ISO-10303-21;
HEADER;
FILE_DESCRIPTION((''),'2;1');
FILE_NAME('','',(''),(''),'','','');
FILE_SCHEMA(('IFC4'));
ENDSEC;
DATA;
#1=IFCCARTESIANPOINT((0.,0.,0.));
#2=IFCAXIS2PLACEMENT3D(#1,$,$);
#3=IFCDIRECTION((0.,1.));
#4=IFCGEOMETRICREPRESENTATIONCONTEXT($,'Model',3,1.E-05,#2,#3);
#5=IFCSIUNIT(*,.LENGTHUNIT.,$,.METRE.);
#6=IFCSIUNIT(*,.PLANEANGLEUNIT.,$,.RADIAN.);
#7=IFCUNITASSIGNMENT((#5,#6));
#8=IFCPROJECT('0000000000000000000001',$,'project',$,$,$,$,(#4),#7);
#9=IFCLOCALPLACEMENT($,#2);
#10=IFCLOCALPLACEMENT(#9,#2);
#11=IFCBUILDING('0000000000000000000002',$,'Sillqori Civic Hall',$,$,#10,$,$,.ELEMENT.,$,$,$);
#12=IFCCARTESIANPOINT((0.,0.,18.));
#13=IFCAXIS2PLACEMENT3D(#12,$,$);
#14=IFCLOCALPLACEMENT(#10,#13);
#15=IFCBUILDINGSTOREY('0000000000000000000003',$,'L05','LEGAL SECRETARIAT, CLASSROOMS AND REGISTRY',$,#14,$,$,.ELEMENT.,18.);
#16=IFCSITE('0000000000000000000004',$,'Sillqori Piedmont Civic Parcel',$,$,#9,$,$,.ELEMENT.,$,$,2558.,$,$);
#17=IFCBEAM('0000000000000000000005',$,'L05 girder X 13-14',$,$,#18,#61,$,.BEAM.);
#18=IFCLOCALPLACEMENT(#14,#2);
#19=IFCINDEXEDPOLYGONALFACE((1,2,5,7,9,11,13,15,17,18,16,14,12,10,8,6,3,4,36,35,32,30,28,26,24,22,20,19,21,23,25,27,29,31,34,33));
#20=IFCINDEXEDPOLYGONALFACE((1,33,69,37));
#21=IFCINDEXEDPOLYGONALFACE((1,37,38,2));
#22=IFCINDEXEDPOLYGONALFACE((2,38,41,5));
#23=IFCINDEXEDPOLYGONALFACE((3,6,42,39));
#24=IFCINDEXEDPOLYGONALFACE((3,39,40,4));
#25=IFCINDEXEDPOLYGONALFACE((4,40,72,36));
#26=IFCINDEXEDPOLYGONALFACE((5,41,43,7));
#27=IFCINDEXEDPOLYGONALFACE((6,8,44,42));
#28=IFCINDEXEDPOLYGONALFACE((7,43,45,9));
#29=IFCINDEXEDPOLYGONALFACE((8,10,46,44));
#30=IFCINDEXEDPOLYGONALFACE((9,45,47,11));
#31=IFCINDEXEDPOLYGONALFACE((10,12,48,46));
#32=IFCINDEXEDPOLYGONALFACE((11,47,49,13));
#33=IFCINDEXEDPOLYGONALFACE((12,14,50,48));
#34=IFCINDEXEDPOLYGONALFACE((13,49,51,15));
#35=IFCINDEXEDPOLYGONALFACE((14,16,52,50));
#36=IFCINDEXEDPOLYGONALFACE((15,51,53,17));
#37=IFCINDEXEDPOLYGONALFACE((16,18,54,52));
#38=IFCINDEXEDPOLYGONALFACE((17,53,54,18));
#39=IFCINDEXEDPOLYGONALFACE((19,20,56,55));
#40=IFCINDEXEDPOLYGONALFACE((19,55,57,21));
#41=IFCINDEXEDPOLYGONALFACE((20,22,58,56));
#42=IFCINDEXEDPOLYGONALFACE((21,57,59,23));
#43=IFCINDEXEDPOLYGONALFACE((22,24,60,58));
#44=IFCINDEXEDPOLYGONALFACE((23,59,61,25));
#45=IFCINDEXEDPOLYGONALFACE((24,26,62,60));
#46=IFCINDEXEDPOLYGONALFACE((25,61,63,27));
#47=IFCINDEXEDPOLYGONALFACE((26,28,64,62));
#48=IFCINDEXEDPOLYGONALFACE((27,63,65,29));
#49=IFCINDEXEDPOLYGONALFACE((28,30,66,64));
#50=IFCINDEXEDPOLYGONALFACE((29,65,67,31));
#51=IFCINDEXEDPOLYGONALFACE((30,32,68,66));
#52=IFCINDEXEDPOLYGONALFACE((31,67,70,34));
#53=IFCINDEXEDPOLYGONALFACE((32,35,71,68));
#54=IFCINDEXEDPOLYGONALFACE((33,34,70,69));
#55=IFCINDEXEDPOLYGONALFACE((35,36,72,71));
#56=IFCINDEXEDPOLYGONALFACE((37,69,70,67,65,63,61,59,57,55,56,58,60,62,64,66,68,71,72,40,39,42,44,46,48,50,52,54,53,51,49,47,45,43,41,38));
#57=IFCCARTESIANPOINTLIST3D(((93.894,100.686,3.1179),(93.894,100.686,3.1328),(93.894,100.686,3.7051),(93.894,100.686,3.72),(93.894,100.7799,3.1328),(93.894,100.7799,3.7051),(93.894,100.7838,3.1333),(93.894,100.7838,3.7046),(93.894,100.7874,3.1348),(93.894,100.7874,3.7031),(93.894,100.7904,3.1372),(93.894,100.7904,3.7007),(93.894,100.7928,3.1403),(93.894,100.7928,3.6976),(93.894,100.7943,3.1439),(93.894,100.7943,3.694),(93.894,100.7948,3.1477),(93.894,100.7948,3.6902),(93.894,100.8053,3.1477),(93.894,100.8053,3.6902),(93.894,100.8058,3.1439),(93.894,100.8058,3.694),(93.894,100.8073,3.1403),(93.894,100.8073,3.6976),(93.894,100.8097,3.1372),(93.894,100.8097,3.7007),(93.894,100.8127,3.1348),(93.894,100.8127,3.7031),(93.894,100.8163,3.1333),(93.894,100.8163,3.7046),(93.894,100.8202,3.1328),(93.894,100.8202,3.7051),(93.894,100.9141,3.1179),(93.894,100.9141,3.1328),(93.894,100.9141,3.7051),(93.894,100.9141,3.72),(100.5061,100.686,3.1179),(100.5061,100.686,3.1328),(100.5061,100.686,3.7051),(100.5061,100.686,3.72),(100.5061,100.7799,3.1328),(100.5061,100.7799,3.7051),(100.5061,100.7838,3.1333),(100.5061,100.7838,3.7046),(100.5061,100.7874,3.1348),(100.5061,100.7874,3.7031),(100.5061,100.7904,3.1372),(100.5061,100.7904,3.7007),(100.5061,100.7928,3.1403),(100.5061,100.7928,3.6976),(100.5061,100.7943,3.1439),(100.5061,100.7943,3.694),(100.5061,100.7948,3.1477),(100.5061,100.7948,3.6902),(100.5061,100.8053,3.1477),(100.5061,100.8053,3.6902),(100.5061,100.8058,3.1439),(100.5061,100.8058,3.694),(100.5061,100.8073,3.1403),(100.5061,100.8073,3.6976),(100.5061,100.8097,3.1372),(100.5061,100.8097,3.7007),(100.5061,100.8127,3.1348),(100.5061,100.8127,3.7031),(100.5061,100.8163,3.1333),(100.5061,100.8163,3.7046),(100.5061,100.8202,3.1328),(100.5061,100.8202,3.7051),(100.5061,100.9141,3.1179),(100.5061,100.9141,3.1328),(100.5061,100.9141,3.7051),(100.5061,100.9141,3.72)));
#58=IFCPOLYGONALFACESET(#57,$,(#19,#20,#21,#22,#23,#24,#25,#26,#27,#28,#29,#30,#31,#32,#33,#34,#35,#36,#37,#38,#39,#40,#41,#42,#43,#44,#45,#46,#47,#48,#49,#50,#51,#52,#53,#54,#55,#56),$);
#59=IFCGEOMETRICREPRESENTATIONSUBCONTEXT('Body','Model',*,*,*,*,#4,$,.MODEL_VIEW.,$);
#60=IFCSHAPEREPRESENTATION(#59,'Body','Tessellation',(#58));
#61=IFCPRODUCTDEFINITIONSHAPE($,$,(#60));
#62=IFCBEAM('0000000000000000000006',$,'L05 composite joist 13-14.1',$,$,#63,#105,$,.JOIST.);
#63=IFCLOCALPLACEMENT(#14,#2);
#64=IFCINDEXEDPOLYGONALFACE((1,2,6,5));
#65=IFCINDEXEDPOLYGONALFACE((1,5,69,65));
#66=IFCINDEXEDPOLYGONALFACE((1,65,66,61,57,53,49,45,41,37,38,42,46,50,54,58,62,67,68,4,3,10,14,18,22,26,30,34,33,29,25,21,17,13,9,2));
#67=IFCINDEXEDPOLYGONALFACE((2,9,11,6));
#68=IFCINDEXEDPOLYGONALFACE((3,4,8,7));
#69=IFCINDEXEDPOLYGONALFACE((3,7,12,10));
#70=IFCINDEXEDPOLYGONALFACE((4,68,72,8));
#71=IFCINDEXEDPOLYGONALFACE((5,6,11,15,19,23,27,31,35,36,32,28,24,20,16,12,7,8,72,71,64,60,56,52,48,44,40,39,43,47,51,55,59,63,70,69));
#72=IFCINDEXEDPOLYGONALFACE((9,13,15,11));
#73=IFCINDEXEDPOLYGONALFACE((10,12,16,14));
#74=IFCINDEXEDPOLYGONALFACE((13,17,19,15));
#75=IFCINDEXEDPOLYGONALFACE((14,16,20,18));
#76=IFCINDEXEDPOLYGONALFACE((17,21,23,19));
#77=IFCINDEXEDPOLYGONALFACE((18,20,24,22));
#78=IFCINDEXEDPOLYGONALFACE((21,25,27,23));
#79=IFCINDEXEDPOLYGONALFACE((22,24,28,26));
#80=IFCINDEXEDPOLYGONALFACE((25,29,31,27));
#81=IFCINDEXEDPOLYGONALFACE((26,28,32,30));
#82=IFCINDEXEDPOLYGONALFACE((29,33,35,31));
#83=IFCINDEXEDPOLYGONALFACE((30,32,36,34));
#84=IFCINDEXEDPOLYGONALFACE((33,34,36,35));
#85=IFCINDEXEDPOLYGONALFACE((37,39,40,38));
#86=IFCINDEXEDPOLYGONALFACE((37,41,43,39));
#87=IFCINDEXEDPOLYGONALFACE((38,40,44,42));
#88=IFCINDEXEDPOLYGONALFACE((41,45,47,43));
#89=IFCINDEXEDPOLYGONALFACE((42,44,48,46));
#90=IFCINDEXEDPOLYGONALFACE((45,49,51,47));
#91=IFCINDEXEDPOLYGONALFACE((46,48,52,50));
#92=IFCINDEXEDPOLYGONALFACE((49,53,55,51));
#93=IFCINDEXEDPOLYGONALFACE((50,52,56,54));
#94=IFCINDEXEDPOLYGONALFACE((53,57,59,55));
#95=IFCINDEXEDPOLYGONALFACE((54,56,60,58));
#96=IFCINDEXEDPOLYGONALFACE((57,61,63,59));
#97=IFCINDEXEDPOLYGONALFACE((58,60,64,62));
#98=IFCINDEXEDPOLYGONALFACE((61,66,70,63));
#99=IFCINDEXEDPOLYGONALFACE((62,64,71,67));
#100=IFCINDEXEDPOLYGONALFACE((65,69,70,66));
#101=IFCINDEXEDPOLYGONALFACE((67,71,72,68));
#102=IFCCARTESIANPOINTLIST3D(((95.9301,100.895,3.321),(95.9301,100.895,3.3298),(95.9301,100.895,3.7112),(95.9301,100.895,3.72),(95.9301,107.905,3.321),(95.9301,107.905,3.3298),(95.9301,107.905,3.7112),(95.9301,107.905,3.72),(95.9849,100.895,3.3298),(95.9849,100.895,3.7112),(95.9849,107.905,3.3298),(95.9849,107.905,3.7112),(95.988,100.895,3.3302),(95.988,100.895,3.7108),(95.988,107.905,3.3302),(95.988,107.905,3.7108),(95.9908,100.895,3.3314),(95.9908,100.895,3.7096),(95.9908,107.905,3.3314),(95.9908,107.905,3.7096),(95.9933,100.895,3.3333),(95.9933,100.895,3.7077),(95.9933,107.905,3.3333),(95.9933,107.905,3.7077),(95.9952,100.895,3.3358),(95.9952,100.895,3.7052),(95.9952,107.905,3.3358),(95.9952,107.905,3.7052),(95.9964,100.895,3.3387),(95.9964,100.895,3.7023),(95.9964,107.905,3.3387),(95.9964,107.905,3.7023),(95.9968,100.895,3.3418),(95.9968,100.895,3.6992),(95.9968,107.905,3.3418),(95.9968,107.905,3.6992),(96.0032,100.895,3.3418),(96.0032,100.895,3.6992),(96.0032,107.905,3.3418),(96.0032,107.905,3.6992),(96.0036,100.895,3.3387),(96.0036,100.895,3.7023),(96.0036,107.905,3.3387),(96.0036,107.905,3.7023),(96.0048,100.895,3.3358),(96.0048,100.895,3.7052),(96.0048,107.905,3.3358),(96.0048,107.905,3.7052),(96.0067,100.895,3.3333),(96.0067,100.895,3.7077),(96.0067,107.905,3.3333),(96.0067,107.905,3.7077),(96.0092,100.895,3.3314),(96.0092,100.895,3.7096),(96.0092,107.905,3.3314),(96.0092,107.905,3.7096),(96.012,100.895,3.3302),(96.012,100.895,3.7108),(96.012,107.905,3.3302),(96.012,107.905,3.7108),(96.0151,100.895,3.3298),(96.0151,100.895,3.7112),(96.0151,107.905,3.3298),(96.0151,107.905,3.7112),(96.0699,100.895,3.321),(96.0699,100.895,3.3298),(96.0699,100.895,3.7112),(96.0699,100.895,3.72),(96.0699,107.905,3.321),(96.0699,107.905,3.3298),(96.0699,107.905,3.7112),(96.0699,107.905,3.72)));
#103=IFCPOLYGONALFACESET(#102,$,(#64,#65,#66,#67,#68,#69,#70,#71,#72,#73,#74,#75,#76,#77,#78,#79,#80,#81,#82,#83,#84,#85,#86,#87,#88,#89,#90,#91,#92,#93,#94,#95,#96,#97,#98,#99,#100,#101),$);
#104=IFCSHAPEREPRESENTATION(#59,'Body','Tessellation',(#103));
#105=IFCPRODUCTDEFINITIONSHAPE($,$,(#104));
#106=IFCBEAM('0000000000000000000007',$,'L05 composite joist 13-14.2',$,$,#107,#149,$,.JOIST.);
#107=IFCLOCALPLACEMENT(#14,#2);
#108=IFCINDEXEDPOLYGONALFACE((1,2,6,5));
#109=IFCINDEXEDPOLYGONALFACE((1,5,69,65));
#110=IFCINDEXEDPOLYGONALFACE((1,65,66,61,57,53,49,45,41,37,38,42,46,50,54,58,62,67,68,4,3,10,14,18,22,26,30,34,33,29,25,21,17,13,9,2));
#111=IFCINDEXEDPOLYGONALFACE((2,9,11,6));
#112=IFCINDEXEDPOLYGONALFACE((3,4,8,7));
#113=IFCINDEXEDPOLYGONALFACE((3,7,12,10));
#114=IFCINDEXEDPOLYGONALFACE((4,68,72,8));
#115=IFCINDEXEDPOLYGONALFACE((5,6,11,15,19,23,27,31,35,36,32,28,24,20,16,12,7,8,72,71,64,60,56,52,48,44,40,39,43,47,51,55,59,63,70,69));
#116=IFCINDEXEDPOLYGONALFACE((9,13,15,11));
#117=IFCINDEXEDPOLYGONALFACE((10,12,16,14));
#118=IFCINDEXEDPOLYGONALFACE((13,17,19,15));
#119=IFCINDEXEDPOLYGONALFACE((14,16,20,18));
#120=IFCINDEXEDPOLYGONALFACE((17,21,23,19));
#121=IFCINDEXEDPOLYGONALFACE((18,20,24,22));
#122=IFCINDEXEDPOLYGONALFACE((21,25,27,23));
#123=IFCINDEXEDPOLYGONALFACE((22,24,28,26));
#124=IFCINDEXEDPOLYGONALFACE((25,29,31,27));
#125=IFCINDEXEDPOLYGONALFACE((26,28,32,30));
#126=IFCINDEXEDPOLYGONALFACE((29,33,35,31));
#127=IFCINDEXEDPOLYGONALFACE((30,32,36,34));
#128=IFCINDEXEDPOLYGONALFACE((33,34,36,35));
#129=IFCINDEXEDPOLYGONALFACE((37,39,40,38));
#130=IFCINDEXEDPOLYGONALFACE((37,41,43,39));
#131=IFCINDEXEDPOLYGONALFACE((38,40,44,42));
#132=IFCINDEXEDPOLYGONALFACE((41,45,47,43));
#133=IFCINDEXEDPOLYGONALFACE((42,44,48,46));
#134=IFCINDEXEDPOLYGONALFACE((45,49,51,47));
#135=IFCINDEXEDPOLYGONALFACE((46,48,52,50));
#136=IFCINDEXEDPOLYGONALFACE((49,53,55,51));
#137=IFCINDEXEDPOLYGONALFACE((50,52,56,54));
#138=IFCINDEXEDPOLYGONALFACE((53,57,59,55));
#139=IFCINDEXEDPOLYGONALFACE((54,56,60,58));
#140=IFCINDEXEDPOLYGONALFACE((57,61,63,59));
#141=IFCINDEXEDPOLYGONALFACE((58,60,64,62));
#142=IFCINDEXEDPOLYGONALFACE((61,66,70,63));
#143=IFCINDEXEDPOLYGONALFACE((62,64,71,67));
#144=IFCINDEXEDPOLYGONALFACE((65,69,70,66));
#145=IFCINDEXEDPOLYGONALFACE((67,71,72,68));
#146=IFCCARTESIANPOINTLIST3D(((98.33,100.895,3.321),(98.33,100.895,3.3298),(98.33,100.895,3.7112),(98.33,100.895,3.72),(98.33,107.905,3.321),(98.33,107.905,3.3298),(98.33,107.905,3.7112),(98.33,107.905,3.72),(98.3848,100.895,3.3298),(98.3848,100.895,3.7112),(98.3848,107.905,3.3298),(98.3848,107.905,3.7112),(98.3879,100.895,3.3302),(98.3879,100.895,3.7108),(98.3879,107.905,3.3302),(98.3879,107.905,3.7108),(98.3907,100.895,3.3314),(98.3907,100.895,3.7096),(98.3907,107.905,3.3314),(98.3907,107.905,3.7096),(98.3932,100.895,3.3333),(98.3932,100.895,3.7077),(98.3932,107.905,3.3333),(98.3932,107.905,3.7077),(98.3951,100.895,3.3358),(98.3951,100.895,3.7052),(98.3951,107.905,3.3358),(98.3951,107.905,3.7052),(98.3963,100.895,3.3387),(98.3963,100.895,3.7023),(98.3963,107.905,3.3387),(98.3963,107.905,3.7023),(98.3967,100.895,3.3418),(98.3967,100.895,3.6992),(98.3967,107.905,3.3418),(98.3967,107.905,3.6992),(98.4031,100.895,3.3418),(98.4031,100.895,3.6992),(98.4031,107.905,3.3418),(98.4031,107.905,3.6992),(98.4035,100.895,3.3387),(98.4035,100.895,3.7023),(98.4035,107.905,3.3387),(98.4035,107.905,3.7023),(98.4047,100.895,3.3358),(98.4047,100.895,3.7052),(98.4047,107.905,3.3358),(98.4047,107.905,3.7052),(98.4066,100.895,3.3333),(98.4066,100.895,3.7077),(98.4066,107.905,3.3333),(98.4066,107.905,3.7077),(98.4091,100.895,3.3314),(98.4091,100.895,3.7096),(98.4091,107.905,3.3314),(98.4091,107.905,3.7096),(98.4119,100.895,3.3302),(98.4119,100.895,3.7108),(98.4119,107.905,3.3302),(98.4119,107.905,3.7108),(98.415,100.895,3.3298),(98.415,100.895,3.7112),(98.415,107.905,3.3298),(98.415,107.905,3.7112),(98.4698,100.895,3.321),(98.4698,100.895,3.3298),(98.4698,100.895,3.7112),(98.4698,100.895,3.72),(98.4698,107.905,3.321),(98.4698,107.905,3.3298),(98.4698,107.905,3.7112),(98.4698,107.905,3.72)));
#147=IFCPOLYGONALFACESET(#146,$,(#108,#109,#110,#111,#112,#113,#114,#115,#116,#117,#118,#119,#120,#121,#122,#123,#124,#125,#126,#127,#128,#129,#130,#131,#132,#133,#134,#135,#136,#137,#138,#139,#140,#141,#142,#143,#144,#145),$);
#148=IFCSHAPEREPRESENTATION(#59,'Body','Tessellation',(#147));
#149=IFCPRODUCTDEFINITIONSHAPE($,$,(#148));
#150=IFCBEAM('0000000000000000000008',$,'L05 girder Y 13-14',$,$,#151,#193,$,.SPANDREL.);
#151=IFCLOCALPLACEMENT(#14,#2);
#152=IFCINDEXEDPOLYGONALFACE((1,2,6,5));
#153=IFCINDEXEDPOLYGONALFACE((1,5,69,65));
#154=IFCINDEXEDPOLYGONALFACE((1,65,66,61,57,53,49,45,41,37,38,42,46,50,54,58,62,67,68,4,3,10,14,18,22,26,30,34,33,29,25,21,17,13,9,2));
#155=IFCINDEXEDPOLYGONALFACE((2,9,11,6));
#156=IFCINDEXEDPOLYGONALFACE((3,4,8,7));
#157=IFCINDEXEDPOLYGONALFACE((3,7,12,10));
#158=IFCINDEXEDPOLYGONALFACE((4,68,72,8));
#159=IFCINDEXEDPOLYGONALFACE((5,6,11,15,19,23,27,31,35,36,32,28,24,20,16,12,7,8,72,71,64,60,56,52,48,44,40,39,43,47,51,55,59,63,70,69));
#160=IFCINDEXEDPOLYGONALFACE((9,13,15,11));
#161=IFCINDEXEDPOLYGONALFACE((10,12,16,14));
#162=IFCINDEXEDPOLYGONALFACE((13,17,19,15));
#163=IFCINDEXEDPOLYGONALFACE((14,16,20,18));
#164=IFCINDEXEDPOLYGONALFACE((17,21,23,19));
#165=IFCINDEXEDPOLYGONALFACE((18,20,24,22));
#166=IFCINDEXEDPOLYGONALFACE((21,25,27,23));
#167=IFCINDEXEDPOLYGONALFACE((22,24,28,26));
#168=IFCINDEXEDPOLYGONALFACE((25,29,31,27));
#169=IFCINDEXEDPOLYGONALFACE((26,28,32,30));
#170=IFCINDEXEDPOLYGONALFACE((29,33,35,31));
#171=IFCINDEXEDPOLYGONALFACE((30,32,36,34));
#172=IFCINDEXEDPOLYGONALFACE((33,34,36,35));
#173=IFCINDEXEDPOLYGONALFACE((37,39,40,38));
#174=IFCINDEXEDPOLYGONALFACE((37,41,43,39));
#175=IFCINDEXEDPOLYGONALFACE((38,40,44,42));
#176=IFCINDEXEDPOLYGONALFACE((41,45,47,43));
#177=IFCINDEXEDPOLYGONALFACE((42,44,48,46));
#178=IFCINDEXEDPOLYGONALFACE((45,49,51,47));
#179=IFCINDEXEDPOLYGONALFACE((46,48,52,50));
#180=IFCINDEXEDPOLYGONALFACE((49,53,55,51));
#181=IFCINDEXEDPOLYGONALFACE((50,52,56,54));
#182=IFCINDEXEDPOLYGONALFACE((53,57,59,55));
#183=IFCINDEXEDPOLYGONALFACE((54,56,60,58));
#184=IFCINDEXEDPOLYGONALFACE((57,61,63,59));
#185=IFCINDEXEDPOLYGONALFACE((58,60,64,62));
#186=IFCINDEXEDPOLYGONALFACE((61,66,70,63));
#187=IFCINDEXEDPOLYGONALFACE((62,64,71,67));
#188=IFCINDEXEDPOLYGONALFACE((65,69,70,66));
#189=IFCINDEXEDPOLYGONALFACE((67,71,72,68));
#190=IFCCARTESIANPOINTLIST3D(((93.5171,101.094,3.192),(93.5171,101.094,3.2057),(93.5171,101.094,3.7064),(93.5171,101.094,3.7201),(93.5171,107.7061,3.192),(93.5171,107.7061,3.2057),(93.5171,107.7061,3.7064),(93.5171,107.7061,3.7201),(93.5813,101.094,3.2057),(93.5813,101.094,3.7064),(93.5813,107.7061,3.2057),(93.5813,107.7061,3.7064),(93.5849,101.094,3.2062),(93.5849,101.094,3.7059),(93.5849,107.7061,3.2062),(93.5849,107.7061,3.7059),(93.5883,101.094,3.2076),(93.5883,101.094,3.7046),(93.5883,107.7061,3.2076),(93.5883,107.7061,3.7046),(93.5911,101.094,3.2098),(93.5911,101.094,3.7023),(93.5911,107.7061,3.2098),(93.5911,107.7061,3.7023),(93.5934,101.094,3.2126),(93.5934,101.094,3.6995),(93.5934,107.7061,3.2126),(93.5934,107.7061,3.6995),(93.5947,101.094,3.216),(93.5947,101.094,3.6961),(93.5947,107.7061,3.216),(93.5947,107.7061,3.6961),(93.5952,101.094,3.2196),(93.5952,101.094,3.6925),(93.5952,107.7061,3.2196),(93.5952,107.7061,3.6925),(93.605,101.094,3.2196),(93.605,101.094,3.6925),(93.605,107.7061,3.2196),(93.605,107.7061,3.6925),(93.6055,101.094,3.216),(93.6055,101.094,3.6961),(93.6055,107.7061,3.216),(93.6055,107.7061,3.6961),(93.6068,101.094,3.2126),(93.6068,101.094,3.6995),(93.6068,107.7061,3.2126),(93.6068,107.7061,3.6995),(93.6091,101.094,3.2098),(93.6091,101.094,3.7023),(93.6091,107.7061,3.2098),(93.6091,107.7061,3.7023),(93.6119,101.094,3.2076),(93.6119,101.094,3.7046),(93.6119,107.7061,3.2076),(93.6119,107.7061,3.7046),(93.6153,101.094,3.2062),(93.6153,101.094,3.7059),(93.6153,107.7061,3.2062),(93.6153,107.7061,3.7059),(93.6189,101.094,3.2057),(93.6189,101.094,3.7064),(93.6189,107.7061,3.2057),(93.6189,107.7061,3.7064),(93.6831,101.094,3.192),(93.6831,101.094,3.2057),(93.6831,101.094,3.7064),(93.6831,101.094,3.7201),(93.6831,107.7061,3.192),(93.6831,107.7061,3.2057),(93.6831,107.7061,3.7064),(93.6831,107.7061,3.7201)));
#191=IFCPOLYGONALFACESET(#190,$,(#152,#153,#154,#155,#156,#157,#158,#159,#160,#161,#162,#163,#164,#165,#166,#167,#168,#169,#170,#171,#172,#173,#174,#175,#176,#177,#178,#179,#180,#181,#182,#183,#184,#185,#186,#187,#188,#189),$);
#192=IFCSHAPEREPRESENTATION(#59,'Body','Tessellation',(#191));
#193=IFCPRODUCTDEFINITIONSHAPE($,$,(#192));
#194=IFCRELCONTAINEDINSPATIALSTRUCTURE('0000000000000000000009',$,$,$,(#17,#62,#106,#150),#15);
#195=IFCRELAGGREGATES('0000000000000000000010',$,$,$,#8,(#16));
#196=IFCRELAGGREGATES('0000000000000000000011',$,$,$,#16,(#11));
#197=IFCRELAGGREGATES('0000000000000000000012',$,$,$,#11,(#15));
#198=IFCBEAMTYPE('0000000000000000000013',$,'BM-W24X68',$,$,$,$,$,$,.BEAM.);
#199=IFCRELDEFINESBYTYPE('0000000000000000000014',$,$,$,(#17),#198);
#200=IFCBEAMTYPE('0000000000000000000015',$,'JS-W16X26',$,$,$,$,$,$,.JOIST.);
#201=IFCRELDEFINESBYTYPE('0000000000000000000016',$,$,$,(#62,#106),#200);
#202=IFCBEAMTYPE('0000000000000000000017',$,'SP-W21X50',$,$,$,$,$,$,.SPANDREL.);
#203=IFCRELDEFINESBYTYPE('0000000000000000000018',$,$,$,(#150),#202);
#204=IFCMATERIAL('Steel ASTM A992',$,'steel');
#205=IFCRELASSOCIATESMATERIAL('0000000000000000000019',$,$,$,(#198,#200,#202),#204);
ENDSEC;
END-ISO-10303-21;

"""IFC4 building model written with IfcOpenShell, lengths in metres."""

from ifc_helpers import new_model, si_unit, direction, frame, origin, origin_2d, place, context, subcontext, project, spatial, i_section, extrude, material, material_profile, profile_set, type_object, element, save


model = new_model("IFC4")

# Units and contexts
model_context = context("Model", 3, precision=1e-05, world=origin(), true_north=direction((0.0, 1.0)))
body_context = subcontext(model_context, "Body", "Model", "MODEL_VIEW")
ifc_project = project(units=[si_unit("LENGTHUNIT", "METRE"), si_unit("PLANEANGLEUNIT", "RADIAN")], contexts=[model_context])

# Site, building, storey
site_placement = place(None, origin())
site = spatial("IfcSite", under=ifc_project, at=site_placement, Name="Sillqori Piedmont Civic Parcel", CompositionType="ELEMENT", RefElevation=2558.0)
building_placement = place(site_placement, origin())
building = spatial("IfcBuilding", under=site, at=building_placement, Name="Sillqori Civic Hall", CompositionType="ELEMENT")
storey_placement = place(building_placement, frame((0.0, 0.0, 18.0)))
storey = spatial("IfcBuildingStorey", under=building, at=storey_placement, Name="L05", Description="LEGAL SECRETARIAT, CLASSROOMS AND REGISTRY", CompositionType="ELEMENT", Elevation=18.0)

# Beams
ifc_material_1 = material(Name="Steel ASTM A992", Category="steel")
ifc_material_profile_1 = material_profile(ifc_material_1, i_section(OverallWidth=0.228, OverallDepth=0.6021, WebThickness=0.0105, FlangeThickness=0.0149, FilletRadius=0.0149, at=origin_2d()), Name="W24X68")
ifc_profile_set_1 = profile_set([ifc_material_profile_1], Name="Steel ASTM A992")
beam_type_1 = type_object("IfcBeamType", Name="BM-W24X68", PredefinedType="BEAM", material=ifc_profile_set_1)
beam_1_placement = place(storey_placement, frame((93.894, 100.8, 3.4189), z_axis=(1.0, 0.0, 0.0), x_axis=(0.0, 1.0, 0.0)))
element("IfcBeam", 1, at=beam_1_placement, inside=storey, type_object=beam_type_1, Name="L05 girder X 13-14", PredefinedType="BEAM", context=body_context, shape_type="SweptSolid", body=[
    extrude(i_section(OverallWidth=0.228, OverallDepth=0.6021, WebThickness=0.0105, FlangeThickness=0.0149, FilletRadius=0.0149, at=origin_2d()), origin(), (0.0, 0.0, 1.0), 6.6121),
])
ifc_material_profile_2 = material_profile(ifc_material_1, i_section(OverallWidth=0.1399, OverallDepth=0.3989, WebThickness=0.0063, FlangeThickness=0.0088, FilletRadius=0.012, at=origin_2d()), Name="W16X26")
ifc_profile_set_2 = profile_set([ifc_material_profile_2], Name="Steel ASTM A992")
beam_type_2 = type_object("IfcBeamType", Name="JS-W16X26", PredefinedType="JOIST", material=ifc_profile_set_2)
for number, where, z_axis, x_axis, name in (
    (2, (96.0, 100.895, 3.5205), (0.0, 1.0, 0.0), (-1.0, 0.0, 0.0), "L05 composite joist 13-14.1"),
    (3, (98.3999, 100.895, 3.5205), (0.0, 1.0, 0.0), (-1.0, 0.0, 0.0), "L05 composite joist 13-14.2"),
):
    element("IfcBeam", number, at=place(storey_placement, frame(where, z_axis=z_axis, x_axis=x_axis)), inside=storey, type_object=beam_type_2, Name=name, PredefinedType="JOIST", context=body_context, shape_type="SweptSolid", body=[
        extrude(i_section(OverallWidth=0.1399, OverallDepth=0.3989, WebThickness=0.0063, FlangeThickness=0.0088, FilletRadius=0.012, at=origin_2d()), origin(), (0.0, 0.0, 1.0), 7.01),
    ])
ifc_material_profile_3 = material_profile(ifc_material_1, i_section(OverallWidth=0.166, OverallDepth=0.5281, WebThickness=0.0098, FlangeThickness=0.0137, FilletRadius=0.0139, at=origin_2d()), Name="W21X50")
ifc_profile_set_3 = profile_set([ifc_material_profile_3], Name="Steel ASTM A992")
beam_type_3 = type_object("IfcBeamType", Name="SP-W21X50", PredefinedType="SPANDREL", material=ifc_profile_set_3)
beam_2_placement = place(storey_placement, frame((93.6001, 101.094, 3.4561), z_axis=(0.0, 1.0, 0.0), x_axis=(-1.0, 0.0, 0.0)))
element("IfcBeam", 4, at=beam_2_placement, inside=storey, type_object=beam_type_3, Name="L05 girder Y 13-14", PredefinedType="SPANDREL", context=body_context, shape_type="SweptSolid", body=[
    extrude(i_section(OverallWidth=0.166, OverallDepth=0.5281, WebThickness=0.0098, FlangeThickness=0.0137, FilletRadius=0.0139, at=origin_2d()), origin(), (0.0, 0.0, 1.0), 6.6121),
])

save(model, "model.ifc")
